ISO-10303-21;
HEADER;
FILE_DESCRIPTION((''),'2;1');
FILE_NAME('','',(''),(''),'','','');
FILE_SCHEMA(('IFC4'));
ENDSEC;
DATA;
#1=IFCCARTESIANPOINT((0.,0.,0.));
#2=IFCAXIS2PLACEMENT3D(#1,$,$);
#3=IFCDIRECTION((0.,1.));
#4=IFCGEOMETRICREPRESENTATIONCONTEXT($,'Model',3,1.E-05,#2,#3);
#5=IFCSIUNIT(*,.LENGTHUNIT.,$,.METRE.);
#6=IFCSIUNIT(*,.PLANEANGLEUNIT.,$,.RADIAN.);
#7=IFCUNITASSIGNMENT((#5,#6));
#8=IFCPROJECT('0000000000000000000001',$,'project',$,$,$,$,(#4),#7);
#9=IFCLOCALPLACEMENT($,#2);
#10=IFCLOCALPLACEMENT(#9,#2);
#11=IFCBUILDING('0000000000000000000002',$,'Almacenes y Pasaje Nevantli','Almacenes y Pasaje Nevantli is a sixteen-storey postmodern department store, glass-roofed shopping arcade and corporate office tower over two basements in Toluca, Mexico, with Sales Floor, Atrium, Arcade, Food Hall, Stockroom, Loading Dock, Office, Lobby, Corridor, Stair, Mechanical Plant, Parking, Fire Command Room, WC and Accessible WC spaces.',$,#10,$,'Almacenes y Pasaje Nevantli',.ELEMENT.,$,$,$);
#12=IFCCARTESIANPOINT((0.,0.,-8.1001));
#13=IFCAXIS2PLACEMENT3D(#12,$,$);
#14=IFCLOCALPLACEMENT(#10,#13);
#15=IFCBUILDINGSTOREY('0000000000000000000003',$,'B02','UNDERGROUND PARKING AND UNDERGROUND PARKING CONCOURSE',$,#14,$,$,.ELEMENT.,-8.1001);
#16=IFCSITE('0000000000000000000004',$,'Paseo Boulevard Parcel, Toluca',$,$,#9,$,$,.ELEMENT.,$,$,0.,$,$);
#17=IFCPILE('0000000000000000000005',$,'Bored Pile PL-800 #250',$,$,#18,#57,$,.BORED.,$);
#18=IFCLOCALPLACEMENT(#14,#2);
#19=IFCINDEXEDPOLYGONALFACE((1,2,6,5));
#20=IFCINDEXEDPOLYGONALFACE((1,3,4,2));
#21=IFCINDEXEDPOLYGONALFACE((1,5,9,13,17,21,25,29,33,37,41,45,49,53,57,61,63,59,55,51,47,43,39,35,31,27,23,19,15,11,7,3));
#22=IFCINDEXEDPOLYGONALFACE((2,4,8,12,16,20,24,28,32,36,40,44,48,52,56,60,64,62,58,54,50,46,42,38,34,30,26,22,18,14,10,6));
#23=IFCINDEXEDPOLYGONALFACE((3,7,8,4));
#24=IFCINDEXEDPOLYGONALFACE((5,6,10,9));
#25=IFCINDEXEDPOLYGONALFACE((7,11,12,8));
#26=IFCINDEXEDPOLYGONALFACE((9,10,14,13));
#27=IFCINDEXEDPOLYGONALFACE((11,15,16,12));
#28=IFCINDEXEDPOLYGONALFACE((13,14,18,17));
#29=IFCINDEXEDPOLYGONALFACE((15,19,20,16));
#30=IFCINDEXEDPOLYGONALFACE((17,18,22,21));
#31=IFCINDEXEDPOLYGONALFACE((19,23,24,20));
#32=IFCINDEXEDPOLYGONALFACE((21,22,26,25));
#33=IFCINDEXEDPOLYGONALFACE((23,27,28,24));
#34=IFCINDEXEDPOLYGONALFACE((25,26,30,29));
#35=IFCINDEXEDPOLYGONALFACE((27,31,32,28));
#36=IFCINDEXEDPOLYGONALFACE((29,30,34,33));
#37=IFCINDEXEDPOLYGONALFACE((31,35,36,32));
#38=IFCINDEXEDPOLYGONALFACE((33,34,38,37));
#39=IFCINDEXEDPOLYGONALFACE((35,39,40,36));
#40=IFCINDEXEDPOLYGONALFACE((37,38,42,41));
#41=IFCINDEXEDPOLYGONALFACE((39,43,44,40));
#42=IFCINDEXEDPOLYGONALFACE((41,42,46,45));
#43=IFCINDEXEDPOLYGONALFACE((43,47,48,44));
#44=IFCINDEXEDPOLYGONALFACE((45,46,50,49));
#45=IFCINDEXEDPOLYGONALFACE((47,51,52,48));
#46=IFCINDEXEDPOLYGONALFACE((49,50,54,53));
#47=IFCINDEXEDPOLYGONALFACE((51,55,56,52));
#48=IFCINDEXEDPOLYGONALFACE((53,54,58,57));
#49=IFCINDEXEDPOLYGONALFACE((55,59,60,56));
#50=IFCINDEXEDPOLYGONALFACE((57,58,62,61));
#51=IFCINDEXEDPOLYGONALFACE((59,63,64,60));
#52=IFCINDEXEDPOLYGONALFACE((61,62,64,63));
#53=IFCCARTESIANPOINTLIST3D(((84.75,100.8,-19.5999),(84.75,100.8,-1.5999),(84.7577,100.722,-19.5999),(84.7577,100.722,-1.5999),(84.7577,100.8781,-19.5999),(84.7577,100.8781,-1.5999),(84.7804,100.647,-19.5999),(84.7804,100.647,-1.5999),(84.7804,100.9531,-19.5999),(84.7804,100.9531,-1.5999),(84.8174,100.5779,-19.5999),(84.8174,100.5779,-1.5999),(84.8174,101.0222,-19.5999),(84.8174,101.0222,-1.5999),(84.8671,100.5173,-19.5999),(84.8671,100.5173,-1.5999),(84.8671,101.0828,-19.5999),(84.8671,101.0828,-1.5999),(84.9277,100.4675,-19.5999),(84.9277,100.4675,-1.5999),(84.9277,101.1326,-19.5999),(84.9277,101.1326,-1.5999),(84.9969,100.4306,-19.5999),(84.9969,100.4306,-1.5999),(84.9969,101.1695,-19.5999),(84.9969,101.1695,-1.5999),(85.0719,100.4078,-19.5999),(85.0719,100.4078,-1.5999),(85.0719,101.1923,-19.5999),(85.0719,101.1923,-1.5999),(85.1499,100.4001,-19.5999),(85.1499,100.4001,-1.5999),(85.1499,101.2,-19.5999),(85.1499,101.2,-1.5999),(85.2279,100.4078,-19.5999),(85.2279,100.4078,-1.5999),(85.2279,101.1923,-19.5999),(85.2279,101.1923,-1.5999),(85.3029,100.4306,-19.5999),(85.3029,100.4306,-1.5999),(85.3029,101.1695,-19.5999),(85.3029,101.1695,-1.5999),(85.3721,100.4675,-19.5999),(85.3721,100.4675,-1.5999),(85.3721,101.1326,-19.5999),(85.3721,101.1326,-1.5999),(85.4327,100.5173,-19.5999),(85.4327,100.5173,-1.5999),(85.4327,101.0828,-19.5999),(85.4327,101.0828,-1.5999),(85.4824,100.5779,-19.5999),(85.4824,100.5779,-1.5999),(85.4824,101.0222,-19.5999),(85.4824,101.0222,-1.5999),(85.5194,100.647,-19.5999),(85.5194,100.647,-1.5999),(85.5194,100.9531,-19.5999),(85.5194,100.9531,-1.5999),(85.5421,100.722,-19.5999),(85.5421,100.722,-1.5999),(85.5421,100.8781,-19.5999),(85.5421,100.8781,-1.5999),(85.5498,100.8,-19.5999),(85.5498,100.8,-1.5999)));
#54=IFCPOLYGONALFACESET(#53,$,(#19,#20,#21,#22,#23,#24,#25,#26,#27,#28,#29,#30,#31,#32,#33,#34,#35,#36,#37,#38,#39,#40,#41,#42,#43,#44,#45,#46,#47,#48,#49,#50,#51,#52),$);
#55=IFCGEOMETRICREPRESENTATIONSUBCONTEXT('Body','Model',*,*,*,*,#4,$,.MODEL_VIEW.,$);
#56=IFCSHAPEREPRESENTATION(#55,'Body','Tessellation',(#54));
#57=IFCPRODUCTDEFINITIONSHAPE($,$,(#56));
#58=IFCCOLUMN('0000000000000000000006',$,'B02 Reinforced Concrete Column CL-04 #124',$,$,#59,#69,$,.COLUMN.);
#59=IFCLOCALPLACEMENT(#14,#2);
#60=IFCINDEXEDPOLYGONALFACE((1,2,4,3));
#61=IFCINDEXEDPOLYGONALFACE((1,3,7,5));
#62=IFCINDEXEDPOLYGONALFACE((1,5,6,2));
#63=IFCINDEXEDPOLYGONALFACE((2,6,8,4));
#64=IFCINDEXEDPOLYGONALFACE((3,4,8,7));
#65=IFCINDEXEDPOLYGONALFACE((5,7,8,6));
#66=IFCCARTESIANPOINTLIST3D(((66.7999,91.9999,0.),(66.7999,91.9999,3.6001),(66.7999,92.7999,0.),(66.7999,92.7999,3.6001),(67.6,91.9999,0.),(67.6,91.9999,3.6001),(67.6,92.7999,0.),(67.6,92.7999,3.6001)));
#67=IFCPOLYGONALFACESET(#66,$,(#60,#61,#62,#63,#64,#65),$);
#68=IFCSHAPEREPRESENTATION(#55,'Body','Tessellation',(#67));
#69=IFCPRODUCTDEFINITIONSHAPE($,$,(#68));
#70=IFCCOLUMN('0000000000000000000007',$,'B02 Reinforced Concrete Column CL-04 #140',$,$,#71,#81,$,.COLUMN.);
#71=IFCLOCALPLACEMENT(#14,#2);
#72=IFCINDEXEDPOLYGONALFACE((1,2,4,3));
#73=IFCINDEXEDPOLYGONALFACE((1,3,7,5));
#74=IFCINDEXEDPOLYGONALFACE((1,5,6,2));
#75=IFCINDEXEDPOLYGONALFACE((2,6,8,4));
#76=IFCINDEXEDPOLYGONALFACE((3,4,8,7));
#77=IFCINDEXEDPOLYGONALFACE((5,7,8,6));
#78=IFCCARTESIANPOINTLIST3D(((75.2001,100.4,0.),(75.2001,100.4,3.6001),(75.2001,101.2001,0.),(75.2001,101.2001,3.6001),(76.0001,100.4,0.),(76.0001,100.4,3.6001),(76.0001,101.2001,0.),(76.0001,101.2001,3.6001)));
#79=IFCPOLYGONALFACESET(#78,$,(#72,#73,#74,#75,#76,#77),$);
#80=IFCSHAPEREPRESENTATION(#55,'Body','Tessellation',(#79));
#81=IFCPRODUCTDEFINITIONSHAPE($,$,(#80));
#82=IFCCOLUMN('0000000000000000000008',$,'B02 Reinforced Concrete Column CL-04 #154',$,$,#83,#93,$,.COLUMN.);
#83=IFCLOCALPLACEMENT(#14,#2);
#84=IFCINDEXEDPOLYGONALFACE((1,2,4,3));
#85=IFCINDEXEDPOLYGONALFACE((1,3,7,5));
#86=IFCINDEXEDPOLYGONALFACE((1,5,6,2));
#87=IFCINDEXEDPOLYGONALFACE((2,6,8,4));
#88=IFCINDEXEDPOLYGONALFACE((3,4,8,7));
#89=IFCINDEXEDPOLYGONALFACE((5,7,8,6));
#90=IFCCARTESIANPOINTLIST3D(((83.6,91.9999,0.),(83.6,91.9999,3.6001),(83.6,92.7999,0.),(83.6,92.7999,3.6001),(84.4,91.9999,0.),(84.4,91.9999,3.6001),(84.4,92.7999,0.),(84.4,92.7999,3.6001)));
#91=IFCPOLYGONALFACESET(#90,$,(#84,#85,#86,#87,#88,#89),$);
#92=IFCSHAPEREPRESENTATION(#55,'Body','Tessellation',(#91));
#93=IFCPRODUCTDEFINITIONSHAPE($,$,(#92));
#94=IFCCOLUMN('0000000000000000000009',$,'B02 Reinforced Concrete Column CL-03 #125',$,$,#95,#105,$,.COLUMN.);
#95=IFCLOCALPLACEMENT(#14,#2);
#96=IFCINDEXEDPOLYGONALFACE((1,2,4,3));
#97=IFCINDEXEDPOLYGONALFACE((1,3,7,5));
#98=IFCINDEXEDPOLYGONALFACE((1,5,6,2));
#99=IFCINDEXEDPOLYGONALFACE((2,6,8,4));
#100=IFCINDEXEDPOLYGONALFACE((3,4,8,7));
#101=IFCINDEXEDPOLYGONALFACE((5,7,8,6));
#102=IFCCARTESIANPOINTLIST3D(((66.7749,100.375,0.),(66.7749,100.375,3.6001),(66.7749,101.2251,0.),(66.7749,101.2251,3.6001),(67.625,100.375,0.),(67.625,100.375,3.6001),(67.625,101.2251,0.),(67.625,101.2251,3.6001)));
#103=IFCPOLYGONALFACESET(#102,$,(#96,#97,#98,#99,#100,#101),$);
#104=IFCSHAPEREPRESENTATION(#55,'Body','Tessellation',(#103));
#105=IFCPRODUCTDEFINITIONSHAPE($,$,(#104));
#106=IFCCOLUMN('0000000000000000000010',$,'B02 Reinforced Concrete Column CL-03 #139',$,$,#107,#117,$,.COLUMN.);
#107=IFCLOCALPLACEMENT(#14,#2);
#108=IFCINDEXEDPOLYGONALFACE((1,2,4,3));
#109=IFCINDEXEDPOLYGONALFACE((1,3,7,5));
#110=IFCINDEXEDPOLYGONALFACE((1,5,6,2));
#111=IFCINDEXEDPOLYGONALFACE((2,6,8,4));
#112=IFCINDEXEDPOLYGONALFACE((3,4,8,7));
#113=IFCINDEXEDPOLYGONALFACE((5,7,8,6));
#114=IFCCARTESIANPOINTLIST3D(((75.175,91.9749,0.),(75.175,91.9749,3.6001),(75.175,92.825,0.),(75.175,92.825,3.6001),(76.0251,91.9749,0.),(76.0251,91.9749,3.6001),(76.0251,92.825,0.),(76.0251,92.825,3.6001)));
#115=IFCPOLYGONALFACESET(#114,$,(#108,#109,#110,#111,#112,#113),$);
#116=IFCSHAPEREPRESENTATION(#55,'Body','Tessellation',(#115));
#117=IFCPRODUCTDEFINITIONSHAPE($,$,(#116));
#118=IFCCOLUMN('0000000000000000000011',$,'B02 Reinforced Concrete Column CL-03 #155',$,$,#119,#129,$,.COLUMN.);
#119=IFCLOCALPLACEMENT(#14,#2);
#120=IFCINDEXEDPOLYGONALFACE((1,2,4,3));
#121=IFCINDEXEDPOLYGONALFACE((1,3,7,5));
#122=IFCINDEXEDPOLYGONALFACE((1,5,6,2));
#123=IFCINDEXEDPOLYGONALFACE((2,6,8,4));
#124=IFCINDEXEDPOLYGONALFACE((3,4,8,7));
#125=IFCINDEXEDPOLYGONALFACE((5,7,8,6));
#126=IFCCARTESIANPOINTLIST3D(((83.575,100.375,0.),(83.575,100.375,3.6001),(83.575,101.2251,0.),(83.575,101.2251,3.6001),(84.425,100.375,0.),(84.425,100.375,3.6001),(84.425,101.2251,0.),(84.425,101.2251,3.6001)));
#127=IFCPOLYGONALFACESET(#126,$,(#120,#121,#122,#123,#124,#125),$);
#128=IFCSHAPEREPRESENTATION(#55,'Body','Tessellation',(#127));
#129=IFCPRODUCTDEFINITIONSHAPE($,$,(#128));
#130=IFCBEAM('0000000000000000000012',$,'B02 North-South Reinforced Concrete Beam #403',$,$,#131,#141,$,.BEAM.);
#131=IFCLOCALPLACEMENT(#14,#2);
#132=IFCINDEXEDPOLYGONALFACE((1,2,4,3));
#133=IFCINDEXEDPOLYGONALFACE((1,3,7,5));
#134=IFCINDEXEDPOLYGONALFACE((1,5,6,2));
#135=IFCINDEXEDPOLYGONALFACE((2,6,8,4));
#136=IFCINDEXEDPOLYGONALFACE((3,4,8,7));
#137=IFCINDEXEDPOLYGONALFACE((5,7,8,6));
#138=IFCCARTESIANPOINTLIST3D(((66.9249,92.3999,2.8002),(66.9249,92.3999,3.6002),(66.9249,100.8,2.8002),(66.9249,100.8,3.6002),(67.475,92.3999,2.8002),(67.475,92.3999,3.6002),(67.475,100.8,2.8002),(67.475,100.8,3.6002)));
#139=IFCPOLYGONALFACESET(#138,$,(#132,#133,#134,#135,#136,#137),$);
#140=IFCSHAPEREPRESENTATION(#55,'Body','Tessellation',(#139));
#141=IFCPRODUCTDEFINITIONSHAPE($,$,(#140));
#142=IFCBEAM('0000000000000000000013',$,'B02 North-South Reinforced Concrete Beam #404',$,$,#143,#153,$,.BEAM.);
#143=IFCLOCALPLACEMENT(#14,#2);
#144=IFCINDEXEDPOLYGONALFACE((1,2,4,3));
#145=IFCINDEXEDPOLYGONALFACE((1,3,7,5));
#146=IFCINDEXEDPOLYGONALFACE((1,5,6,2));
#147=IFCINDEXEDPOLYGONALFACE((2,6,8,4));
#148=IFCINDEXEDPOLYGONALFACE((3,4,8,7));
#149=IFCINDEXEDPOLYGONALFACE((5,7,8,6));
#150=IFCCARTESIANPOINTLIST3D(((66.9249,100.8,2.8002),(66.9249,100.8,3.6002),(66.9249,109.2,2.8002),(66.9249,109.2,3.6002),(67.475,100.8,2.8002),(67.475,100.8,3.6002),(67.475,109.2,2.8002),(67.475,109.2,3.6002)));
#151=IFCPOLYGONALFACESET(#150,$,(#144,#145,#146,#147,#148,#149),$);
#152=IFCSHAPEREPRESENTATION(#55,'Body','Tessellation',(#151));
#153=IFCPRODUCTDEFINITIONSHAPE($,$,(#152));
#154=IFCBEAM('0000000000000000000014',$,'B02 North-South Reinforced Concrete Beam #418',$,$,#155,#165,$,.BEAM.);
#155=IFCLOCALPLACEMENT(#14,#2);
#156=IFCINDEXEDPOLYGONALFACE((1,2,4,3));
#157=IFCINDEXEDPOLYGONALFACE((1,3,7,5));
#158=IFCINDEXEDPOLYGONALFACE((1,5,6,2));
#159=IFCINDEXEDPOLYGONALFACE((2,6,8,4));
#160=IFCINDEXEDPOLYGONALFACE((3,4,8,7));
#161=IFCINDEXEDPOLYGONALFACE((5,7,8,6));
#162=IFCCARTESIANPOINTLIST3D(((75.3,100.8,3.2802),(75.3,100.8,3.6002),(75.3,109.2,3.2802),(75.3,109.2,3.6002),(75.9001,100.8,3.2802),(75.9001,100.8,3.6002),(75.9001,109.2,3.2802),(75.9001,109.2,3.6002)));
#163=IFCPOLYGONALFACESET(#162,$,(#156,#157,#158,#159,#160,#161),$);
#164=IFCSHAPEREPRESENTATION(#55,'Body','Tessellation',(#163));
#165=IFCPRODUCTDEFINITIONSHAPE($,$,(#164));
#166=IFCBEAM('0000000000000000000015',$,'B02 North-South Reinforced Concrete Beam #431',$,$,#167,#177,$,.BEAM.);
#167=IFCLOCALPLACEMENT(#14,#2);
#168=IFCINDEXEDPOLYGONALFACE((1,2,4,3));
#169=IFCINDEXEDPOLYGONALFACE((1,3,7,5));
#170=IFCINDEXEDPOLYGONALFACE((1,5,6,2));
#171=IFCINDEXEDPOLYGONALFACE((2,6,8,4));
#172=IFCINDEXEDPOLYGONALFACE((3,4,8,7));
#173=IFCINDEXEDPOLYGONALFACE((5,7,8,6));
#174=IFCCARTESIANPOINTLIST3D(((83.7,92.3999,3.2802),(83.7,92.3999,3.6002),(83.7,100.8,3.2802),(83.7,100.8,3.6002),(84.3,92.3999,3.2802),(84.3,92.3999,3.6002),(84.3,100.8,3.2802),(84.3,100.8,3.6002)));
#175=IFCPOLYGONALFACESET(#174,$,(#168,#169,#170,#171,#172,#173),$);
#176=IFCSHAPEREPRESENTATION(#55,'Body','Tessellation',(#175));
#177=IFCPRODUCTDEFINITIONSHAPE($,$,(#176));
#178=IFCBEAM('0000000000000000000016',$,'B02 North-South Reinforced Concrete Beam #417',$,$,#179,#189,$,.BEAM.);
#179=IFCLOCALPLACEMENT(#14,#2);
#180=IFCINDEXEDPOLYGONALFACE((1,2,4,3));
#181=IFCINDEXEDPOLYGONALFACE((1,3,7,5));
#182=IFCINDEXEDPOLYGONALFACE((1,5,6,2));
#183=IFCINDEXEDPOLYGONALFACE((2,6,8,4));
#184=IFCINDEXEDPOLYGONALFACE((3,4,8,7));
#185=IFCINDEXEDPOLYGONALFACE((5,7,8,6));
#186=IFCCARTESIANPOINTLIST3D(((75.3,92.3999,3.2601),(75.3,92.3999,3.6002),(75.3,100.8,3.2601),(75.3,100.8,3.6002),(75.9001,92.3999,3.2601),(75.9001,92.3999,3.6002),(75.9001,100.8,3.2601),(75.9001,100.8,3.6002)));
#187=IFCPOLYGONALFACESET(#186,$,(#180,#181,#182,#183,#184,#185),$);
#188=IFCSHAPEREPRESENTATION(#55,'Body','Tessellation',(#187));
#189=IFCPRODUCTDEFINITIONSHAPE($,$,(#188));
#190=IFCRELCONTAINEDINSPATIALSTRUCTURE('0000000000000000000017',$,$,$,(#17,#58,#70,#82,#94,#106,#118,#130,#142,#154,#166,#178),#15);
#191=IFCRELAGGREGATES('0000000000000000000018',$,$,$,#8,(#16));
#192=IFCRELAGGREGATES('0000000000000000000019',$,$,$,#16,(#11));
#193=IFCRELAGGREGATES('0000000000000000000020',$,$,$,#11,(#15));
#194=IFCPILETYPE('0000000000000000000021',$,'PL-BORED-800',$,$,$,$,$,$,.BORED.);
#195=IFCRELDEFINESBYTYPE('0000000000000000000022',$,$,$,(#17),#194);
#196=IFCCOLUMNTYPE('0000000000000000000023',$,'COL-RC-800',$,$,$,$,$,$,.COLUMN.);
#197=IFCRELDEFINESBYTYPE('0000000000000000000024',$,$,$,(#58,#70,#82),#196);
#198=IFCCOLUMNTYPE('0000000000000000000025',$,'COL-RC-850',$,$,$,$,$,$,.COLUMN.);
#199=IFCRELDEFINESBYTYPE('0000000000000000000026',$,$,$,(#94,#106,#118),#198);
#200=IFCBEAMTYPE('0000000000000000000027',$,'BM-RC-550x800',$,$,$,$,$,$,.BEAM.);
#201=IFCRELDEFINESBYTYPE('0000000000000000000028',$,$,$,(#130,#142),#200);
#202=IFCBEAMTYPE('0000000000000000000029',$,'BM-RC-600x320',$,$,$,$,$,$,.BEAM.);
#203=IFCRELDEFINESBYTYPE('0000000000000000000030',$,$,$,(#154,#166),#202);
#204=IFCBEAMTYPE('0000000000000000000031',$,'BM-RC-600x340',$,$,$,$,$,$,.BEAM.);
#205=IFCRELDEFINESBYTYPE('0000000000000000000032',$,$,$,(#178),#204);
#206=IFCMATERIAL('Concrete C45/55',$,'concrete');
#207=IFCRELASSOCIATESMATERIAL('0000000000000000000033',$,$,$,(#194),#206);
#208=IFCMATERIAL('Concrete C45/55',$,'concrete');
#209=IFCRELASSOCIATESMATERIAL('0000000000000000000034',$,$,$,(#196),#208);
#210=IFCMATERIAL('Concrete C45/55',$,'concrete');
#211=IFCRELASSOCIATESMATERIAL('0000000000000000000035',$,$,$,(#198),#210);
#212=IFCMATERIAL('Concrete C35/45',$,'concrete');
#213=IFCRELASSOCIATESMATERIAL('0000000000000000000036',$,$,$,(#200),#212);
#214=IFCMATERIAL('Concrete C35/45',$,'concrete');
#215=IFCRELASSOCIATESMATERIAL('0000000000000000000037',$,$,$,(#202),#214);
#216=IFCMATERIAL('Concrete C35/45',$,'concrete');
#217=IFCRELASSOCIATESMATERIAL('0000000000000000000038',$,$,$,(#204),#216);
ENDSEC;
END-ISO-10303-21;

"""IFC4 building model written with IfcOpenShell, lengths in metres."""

from ifc_helpers import new_model, si_unit, direction, frame, origin, origin_2d, place, context, subcontext, project, spatial, rectangle, circle, extrude, material, material_profile, profile_set, type_object, element, save


model = new_model("IFC4")

# Units and contexts
model_context = context("Model", 3, precision=1e-05, world=origin(), true_north=direction((0.0, 1.0)))
body_context = subcontext(model_context, "Body", "Model", "MODEL_VIEW")
ifc_project = project(units=[si_unit("LENGTHUNIT", "METRE"), si_unit("PLANEANGLEUNIT", "RADIAN")], contexts=[model_context])

# Site, building, storey
site_placement = place(None, origin())
site = spatial("IfcSite", under=ifc_project, at=site_placement, Name="Paseo Boulevard Parcel, Toluca", CompositionType="ELEMENT", RefElevation=0.0)
building_placement = place(site_placement, origin())
building = spatial("IfcBuilding", under=site, at=building_placement, Name="Almacenes y Pasaje Nevantli", Description="Almacenes y Pasaje Nevantli is a sixteen-storey postmodern department store, glass-roofed shopping arcade and corporate office tower over two basements in Toluca, Mexico, with Sales Floor, Atrium, Arcade, Food Hall, Stockroom, Loading Dock, Office, Lobby, Corridor, Stair, Mechanical Plant, Parking, Fire Command Room, WC and Accessible WC spaces.", LongName="Almacenes y Pasaje Nevantli", CompositionType="ELEMENT")
storey_placement = place(building_placement, frame((0.0, 0.0, -8.1001)))
storey = spatial("IfcBuildingStorey", under=building, at=storey_placement, Name="B02", Description="UNDERGROUND PARKING AND UNDERGROUND PARKING CONCOURSE", CompositionType="ELEMENT", Elevation=-8.1001)

# Pile
ifc_material_1 = material(Name="Concrete C45/55", Category="concrete")
ifc_material_profile_1 = material_profile(ifc_material_1, circle(Radius=0.3999, at=origin_2d()), Name="RC-PILE-D800")
ifc_profile_set_1 = profile_set([ifc_material_profile_1], Name="Concrete C45/55")
pile_type_1 = type_object("IfcPileType", Name="PL-BORED-800", PredefinedType="BORED", material=ifc_profile_set_1)
for number, where, z_axis, x_axis, name in (
    (1, (85.1499, 100.8, -1.5999), (0.0, 0.0, -1.0), (1.0, 0.0, 0.0), "Bored Pile PL-800 #250"),
):
    element("IfcPile", number, at=place(storey_placement, frame(where, z_axis=z_axis, x_axis=x_axis)), inside=storey, type_object=pile_type_1, Name=name, PredefinedType="BORED", context=body_context, shape_type="SweptSolid", body=[
        extrude(circle(Radius=0.3999, at=origin_2d()), origin(), (0.0, 0.0, 1.0), 18.0),
    ])

# Columns
ifc_material_2 = material(Name="Concrete C45/55", Category="concrete")
ifc_material_profile_2 = material_profile(ifc_material_2, rectangle(XDim=0.8, YDim=0.8, at=origin_2d()), Name="RC-COL-800x800")
ifc_profile_set_2 = profile_set([ifc_material_profile_2], Name="Concrete C45/55")
column_type_1 = type_object("IfcColumnType", Name="COL-RC-800", PredefinedType="COLUMN", material=ifc_profile_set_2)
for number, where, z_axis, x_axis, name in (
    (2, (67.2, 92.3999, 0.0), (0.0, 0.0, 1.0), (1.0, 0.0, 0.0), "B02 Reinforced Concrete Column CL-04 #124"),
    (3, (75.6001, 100.8, 0.0), (0.0, 0.0, 1.0), (1.0, 0.0, 0.0), "B02 Reinforced Concrete Column CL-04 #140"),
    (4, (84.0, 92.3999, 0.0), (0.0, 0.0, 1.0), (1.0, 0.0, 0.0), "B02 Reinforced Concrete Column CL-04 #154"),
):
    element("IfcColumn", number, at=place(storey_placement, frame(where, z_axis=z_axis, x_axis=x_axis)), inside=storey, type_object=column_type_1, Name=name, PredefinedType="COLUMN", context=body_context, shape_type="SweptSolid", body=[
        extrude(rectangle(XDim=0.8, YDim=0.8, at=origin_2d()), origin(), (0.0, 0.0, 1.0), 3.6001),
    ])
ifc_material_3 = material(Name="Concrete C45/55", Category="concrete")
ifc_material_profile_3 = material_profile(ifc_material_3, rectangle(XDim=0.8501, YDim=0.8501, at=origin_2d()), Name="RC-COL-850x850")
ifc_profile_set_3 = profile_set([ifc_material_profile_3], Name="Concrete C45/55")
column_type_2 = type_object("IfcColumnType", Name="COL-RC-850", PredefinedType="COLUMN", material=ifc_profile_set_3)
for number, where, z_axis, x_axis, name in (
    (5, (67.2, 100.8, 0.0), (0.0, 0.0, 1.0), (1.0, 0.0, 0.0), "B02 Reinforced Concrete Column CL-03 #125"),
    (6, (75.6001, 92.3999, 0.0), (0.0, 0.0, 1.0), (1.0, 0.0, 0.0), "B02 Reinforced Concrete Column CL-03 #139"),
    (7, (84.0, 100.8, 0.0), (0.0, 0.0, 1.0), (1.0, 0.0, 0.0), "B02 Reinforced Concrete Column CL-03 #155"),
):
    element("IfcColumn", number, at=place(storey_placement, frame(where, z_axis=z_axis, x_axis=x_axis)), inside=storey, type_object=column_type_2, Name=name, PredefinedType="COLUMN", context=body_context, shape_type="SweptSolid", body=[
        extrude(rectangle(XDim=0.8501, YDim=0.8501, at=origin_2d()), origin(), (0.0, 0.0, 1.0), 3.6001),
    ])

# Beams
ifc_material_4 = material(Name="Concrete C35/45", Category="concrete")
ifc_material_profile_4 = material_profile(ifc_material_4, rectangle(XDim=0.55, YDim=0.8, at=origin_2d()), Name="RC-BM-550x800")
ifc_profile_set_4 = profile_set([ifc_material_profile_4], Name="Concrete C35/45")
beam_type_1 = type_object("IfcBeamType", Name="BM-RC-550x800", PredefinedType="BEAM", material=ifc_profile_set_4)
beam_1_placement = place(storey_placement, frame((67.2, 92.3999, 3.2002), z_axis=(0.0, 1.0, 0.0), x_axis=(-1.0, 0.0, 0.0)))
element("IfcBeam", 8, at=beam_1_placement, inside=storey, type_object=beam_type_1, Name="B02 North-South Reinforced Concrete Beam #403", PredefinedType="BEAM", context=body_context, shape_type="SweptSolid", body=[
    extrude(rectangle(XDim=0.55, YDim=0.8, at=origin_2d()), origin(), (0.0, 0.0, 1.0), 8.4001),
])
beam_2_placement = place(storey_placement, frame((67.2, 100.8, 3.2002), z_axis=(0.0, 1.0, 0.0), x_axis=(-1.0, 0.0, 0.0)))
element("IfcBeam", 9, at=beam_2_placement, inside=storey, type_object=beam_type_1, Name="B02 North-South Reinforced Concrete Beam #404", PredefinedType="BEAM", context=body_context, shape_type="SweptSolid", body=[
    extrude(rectangle(XDim=0.55, YDim=0.8, at=origin_2d()), origin(), (0.0, 0.0, 1.0), 8.3999),
])
ifc_material_5 = material(Name="Concrete C35/45", Category="concrete")
ifc_material_profile_5 = material_profile(ifc_material_5, rectangle(XDim=0.6001, YDim=0.3201, at=origin_2d()), Name="RC-BM-600x320")
ifc_profile_set_5 = profile_set([ifc_material_profile_5], Name="Concrete C35/45")
beam_type_2 = type_object("IfcBeamType", Name="BM-RC-600x320", PredefinedType="BEAM", material=ifc_profile_set_5)
beam_3_placement = place(storey_placement, frame((75.6001, 100.8, 3.4402), z_axis=(0.0, 1.0, 0.0), x_axis=(-1.0, 0.0, 0.0)))
element("IfcBeam", 10, at=beam_3_placement, inside=storey, type_object=beam_type_2, Name="B02 North-South Reinforced Concrete Beam #418", PredefinedType="BEAM", context=body_context, shape_type="SweptSolid", body=[
    extrude(rectangle(XDim=0.6001, YDim=0.3201, at=origin_2d()), origin(), (0.0, 0.0, 1.0), 8.3999),
])
beam_4_placement = place(storey_placement, frame((84.0, 92.3999, 3.4402), z_axis=(0.0, 1.0, 0.0), x_axis=(-1.0, 0.0, 0.0)))
element("IfcBeam", 11, at=beam_4_placement, inside=storey, type_object=beam_type_2, Name="B02 North-South Reinforced Concrete Beam #431", PredefinedType="BEAM", context=body_context, shape_type="SweptSolid", body=[
    extrude(rectangle(XDim=0.6001, YDim=0.3201, at=origin_2d()), origin(), (0.0, 0.0, 1.0), 8.4001),
])
ifc_material_6 = material(Name="Concrete C35/45", Category="concrete")
ifc_material_profile_6 = material_profile(ifc_material_6, rectangle(XDim=0.6001, YDim=0.3401, at=origin_2d()), Name="RC-BM-600x340")
ifc_profile_set_6 = profile_set([ifc_material_profile_6], Name="Concrete C35/45")
beam_type_3 = type_object("IfcBeamType", Name="BM-RC-600x340", PredefinedType="BEAM", material=ifc_profile_set_6)
beam_5_placement = place(storey_placement, frame((75.6001, 92.3999, 3.4302), z_axis=(0.0, 1.0, 0.0), x_axis=(-1.0, 0.0, 0.0)))
element("IfcBeam", 12, at=beam_5_placement, inside=storey, type_object=beam_type_3, Name="B02 North-South Reinforced Concrete Beam #417", PredefinedType="BEAM", context=body_context, shape_type="SweptSolid", body=[
    extrude(rectangle(XDim=0.6001, YDim=0.3401, at=origin_2d()), origin(), (0.0, 0.0, 1.0), 8.4001),
])

save(model, "model.ifc")
